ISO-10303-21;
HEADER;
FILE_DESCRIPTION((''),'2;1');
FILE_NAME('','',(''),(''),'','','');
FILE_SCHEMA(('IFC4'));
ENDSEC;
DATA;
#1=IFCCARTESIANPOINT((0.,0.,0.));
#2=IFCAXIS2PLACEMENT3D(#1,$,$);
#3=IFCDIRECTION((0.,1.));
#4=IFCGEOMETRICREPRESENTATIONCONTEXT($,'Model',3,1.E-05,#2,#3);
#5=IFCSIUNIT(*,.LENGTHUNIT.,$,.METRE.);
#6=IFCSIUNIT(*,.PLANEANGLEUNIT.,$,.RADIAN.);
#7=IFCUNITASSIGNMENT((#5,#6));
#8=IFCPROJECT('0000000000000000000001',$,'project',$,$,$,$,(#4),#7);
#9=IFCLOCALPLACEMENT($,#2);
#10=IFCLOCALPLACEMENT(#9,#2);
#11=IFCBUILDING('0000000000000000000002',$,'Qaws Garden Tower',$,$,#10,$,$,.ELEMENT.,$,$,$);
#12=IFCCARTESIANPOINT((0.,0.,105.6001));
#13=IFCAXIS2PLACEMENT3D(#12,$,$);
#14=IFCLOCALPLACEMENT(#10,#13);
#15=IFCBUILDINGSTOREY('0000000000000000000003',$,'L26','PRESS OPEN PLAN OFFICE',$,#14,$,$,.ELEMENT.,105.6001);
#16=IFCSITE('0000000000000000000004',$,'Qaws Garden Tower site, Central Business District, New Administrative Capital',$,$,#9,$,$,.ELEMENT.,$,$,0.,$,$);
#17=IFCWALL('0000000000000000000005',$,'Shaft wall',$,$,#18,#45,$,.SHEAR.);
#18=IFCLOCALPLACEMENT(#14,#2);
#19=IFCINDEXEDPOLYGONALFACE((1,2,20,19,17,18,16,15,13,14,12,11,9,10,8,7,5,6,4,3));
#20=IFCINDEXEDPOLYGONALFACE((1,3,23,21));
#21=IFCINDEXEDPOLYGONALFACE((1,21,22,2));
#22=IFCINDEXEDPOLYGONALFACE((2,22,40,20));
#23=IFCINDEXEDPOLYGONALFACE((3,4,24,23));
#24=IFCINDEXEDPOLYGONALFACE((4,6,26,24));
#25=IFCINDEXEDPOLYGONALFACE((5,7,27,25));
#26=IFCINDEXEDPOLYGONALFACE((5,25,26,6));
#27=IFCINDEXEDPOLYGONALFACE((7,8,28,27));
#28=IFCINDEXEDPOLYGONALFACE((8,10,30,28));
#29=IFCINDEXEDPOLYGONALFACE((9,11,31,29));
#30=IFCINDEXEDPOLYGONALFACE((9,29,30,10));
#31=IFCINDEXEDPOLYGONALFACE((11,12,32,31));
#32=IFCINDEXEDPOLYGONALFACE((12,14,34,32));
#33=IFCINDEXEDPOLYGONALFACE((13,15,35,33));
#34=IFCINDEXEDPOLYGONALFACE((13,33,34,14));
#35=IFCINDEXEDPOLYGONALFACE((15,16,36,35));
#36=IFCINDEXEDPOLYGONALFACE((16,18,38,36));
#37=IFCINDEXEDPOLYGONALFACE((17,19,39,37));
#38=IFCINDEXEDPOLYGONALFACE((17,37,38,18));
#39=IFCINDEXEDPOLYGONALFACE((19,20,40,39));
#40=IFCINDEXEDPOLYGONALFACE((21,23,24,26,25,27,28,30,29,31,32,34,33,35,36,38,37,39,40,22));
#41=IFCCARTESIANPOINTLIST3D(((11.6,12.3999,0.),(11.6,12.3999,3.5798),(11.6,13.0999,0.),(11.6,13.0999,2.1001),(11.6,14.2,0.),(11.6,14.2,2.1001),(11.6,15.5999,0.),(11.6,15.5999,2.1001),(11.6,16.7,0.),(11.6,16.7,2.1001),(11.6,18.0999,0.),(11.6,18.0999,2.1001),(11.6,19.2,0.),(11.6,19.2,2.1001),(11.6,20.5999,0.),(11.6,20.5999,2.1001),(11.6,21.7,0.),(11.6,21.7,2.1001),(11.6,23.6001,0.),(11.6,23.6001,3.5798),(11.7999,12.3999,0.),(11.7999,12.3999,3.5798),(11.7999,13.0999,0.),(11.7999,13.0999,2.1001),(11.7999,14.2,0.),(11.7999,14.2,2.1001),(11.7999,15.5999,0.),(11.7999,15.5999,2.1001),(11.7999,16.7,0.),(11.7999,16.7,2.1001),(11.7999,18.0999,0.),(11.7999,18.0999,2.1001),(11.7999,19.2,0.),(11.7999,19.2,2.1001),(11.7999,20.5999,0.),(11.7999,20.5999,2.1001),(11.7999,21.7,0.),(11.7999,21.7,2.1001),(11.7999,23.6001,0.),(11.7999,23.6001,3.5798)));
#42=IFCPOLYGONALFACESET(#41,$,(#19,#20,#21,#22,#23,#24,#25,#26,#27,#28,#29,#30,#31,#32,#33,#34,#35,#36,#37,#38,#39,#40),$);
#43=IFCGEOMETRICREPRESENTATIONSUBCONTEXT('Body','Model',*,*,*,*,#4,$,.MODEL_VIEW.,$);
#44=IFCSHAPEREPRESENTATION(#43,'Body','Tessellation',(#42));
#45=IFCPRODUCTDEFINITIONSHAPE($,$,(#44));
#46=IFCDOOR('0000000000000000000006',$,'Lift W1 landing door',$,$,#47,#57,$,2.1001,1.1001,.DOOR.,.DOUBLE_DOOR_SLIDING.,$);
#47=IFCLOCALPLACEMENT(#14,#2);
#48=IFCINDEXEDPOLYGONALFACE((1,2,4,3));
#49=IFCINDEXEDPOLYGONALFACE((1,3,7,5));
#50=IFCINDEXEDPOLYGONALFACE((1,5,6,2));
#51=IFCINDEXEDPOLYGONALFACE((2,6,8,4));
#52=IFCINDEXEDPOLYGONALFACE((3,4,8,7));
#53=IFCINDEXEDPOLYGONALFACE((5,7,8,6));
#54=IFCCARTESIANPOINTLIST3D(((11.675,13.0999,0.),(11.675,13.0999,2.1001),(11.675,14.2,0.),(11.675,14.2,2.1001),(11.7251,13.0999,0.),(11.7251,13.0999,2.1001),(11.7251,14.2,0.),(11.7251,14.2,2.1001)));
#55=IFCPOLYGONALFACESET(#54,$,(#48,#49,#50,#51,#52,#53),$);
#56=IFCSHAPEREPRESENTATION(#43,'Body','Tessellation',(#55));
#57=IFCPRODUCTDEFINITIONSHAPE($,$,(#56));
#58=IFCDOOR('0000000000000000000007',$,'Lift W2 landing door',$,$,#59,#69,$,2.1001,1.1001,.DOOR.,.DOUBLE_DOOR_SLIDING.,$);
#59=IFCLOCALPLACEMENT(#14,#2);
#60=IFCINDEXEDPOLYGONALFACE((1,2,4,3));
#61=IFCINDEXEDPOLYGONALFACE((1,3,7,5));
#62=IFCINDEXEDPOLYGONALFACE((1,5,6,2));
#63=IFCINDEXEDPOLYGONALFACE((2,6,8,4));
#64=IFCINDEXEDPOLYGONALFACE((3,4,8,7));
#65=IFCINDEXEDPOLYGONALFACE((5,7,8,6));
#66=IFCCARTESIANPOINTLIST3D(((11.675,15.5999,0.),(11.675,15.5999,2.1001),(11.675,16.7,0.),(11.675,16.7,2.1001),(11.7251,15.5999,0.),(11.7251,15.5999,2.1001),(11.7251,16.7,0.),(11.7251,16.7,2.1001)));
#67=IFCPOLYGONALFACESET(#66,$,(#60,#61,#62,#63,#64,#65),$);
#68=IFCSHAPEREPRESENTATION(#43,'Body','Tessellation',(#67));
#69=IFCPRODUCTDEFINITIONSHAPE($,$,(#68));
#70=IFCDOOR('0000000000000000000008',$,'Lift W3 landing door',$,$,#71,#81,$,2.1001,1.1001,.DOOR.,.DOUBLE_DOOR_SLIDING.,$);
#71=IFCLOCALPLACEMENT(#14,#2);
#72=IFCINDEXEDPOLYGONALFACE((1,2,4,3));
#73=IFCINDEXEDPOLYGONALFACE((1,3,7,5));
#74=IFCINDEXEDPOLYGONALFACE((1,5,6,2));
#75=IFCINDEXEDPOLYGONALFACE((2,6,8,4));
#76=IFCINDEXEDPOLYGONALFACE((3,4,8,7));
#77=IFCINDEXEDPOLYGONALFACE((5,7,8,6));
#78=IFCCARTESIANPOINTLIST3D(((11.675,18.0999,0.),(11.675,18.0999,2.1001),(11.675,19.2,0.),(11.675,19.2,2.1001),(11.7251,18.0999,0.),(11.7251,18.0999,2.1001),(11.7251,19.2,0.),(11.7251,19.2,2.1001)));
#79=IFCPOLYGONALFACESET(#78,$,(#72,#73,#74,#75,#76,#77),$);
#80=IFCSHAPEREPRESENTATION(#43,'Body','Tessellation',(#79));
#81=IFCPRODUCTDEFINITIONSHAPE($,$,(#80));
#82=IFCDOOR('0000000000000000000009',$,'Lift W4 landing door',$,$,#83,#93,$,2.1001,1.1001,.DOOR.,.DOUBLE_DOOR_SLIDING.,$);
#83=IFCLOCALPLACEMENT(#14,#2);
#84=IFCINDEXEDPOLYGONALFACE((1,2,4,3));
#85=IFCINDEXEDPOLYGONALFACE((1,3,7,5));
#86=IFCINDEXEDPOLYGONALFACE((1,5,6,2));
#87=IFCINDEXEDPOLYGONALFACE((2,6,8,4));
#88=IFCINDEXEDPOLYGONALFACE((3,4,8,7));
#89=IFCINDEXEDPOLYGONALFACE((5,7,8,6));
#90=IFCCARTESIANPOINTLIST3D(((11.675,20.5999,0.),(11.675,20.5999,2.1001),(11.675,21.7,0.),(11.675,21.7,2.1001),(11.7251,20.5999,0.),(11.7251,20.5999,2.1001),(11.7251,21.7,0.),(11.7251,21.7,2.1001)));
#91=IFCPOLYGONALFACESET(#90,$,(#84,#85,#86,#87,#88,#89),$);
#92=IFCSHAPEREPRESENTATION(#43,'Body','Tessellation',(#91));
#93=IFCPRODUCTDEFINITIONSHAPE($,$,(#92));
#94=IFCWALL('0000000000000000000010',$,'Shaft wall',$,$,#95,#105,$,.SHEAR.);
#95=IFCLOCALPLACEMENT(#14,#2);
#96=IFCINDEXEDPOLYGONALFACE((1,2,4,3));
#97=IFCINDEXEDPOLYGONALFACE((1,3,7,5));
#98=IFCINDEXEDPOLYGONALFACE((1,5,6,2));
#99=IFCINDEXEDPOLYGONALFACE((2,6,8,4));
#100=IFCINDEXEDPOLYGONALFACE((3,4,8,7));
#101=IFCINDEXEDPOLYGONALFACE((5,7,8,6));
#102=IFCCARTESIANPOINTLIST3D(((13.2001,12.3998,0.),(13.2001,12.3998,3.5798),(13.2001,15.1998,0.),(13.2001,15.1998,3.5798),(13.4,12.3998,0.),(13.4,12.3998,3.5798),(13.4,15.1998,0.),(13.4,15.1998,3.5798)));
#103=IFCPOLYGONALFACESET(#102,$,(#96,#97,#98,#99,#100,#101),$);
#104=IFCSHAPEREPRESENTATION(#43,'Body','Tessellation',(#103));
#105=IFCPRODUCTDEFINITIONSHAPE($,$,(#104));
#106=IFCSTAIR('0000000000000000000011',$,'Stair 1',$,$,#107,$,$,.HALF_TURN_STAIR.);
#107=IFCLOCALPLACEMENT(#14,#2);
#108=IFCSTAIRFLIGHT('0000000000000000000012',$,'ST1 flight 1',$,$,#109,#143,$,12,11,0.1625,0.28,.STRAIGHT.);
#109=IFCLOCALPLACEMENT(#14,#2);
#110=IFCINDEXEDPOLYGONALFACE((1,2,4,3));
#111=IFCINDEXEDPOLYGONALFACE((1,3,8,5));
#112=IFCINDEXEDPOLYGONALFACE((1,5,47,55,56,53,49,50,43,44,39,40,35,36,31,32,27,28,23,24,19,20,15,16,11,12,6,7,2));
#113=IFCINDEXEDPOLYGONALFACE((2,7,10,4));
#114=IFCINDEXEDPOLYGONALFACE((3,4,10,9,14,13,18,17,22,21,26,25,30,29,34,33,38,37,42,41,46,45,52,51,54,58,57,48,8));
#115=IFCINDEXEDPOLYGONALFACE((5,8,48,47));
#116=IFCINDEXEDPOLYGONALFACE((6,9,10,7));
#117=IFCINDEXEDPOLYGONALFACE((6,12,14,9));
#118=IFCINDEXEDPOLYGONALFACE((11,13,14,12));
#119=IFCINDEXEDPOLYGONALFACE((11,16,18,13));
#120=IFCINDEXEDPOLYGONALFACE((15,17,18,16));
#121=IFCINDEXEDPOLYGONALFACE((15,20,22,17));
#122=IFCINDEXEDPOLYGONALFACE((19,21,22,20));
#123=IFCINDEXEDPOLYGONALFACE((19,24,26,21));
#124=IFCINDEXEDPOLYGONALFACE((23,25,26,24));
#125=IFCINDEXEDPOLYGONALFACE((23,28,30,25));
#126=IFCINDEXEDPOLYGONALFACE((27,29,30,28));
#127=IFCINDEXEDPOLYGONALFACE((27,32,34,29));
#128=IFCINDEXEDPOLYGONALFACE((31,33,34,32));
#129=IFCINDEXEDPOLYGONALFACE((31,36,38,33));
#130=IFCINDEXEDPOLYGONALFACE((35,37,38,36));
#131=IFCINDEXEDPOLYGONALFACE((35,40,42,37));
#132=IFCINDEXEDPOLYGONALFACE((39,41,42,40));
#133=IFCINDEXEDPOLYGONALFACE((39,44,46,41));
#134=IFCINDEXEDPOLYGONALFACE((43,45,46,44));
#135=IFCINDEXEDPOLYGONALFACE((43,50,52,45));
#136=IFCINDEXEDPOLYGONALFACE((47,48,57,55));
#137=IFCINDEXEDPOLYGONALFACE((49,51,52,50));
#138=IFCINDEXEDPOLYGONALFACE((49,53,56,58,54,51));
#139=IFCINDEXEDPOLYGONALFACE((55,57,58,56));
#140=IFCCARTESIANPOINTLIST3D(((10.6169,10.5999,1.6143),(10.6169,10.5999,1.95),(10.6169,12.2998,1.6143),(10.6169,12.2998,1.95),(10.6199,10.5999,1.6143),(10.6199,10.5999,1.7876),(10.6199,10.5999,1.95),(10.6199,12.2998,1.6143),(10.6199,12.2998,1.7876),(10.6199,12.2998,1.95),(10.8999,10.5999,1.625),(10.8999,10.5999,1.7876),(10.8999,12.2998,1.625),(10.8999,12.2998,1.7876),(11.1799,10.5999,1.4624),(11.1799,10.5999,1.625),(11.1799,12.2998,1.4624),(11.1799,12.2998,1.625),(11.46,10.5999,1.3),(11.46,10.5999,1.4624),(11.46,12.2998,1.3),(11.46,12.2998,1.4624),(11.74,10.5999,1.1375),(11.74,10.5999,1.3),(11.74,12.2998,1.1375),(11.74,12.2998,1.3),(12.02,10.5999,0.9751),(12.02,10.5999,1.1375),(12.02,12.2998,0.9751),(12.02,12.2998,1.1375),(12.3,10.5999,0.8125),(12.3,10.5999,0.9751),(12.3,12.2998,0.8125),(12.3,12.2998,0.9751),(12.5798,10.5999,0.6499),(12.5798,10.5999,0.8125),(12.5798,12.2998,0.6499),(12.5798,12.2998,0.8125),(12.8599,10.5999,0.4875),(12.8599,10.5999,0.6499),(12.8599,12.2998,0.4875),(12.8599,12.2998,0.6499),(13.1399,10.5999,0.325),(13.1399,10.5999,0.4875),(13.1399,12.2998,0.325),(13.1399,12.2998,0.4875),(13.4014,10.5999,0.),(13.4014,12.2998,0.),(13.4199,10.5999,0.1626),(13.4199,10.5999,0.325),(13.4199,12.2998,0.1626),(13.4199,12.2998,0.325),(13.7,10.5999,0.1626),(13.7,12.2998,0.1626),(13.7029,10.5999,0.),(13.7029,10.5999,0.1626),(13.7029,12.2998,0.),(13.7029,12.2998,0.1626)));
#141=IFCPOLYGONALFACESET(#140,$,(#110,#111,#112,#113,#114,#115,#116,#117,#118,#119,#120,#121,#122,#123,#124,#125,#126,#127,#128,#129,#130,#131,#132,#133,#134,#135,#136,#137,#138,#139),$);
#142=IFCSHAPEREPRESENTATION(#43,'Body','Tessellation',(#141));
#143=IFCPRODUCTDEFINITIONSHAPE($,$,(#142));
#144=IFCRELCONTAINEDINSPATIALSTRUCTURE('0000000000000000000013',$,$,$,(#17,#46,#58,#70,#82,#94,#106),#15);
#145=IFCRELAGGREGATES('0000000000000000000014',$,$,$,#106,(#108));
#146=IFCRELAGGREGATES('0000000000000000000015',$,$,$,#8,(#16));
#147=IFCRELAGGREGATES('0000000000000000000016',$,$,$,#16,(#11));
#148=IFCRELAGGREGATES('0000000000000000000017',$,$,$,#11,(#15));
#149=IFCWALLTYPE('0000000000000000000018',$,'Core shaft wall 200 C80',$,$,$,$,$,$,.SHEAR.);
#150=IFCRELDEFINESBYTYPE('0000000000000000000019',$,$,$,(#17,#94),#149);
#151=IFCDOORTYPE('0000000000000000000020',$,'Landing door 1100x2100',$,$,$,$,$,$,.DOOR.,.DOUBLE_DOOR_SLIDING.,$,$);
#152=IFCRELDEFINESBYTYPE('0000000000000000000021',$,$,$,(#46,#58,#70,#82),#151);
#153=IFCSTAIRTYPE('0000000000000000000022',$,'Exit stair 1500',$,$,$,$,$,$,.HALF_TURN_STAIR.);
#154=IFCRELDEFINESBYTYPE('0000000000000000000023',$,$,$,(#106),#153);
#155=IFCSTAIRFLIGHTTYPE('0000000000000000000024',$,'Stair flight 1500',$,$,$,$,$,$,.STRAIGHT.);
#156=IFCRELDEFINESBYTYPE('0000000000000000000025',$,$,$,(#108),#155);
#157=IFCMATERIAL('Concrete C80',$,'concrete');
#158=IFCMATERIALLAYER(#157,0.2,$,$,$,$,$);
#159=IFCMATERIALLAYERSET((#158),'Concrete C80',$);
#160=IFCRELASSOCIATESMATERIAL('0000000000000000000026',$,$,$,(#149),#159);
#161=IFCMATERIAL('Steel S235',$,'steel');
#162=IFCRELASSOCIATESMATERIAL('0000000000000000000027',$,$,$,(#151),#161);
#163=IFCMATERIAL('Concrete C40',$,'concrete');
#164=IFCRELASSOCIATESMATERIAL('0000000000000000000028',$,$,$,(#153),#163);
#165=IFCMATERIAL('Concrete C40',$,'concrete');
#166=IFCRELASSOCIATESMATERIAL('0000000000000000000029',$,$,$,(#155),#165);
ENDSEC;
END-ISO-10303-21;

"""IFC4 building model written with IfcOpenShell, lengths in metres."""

from ifc_helpers import new_model, si_unit, direction, frame, frame_2d, origin, place, context, subcontext, project, spatial, polyline, rectangle, outline, extrude, material, layer, layer_set, type_object, element, fill, aggregate, save


model = new_model("IFC4")

# Units and contexts
model_context = context("Model", 3, precision=1e-05, world=origin(), true_north=direction((0.0, 1.0)))
body_context = subcontext(model_context, "Body", "Model", "MODEL_VIEW")
ifc_project = project(units=[si_unit("LENGTHUNIT", "METRE"), si_unit("PLANEANGLEUNIT", "RADIAN")], contexts=[model_context])

# Site, building, storey
site_placement = place(None, origin())
site = spatial("IfcSite", under=ifc_project, at=site_placement, Name="Qaws Garden Tower site, Central Business District, New Administrative Capital", CompositionType="ELEMENT", RefElevation=0.0)
building_placement = place(site_placement, origin())
building = spatial("IfcBuilding", under=site, at=building_placement, Name="Qaws Garden Tower", CompositionType="ELEMENT")
storey_placement = place(building_placement, frame((0.0, 0.0, 105.6001)))
storey = spatial("IfcBuildingStorey", under=building, at=storey_placement, Name="L26", Description="PRESS OPEN PLAN OFFICE", CompositionType="ELEMENT", Elevation=105.6001)

# Shared definitions
ifc_material_1 = material(Name="Concrete C80", Category="concrete")
ifc_layer_1 = layer(ifc_material_1, 0.2)
ifc_layer_set_1 = layer_set([ifc_layer_1], Name="Concrete C80")
wall_type_1 = type_object("IfcWallType", Name="Core shaft wall 200 C80", PredefinedType="SHEAR", material=ifc_layer_set_1)

# Shared definitions
ifc_material_2 = material(Name="Steel S235", Category="steel")
door_type_1 = type_object("IfcDoorType", Name="Landing door 1100x2100", OperationType="DOUBLE_DOOR_SLIDING", PredefinedType="DOOR", material=ifc_material_2)

# Wall, openings, doors
wall_1_placement = place(storey_placement, frame((11.7, 12.3999, 0.0), z_axis=(0.0, 0.0, 1.0), x_axis=(0.0, 1.0, 0.0)))
wall_1 = element("IfcWall", 1, at=wall_1_placement, inside=storey, type_object=wall_type_1, Name="Shaft wall", PredefinedType="SHEAR", context=body_context, shape_type="SweptSolid", body=[
    extrude(rectangle(XDim=11.2002, YDim=0.2, at=frame_2d((5.6001, 0.0))), origin(), (0.0, 0.0, 1.0), 3.5798),
])
opening_1_placement = place(wall_1_placement, frame((0.7, 0.0, 0.0)))
opening_1 = element("IfcOpeningElement", 2, at=opening_1_placement, cuts=wall_1, PredefinedType="OPENING", context=body_context, shape_type="SweptSolid", body=[
    extrude(rectangle(XDim=1.1001, YDim=2.1001, at=frame_2d((0.55, 1.05))), frame((0.0, 0.1099, 0.0), z_axis=(0.0, -1.0, 0.0), x_axis=(1.0, 0.0, 0.0)), (0.0, 0.0, 1.0), 0.22),
])
opening_2_placement = place(wall_1_placement, frame((3.2, 0.0, 0.0)))
opening_2 = element("IfcOpeningElement", 3, at=opening_2_placement, cuts=wall_1, PredefinedType="OPENING", context=body_context, shape_type="SweptSolid", body=[
    extrude(rectangle(XDim=1.1001, YDim=2.1001, at=frame_2d((0.55, 1.05))), frame((0.0, 0.1099, 0.0), z_axis=(0.0, -1.0, 0.0), x_axis=(1.0, 0.0, 0.0)), (0.0, 0.0, 1.0), 0.22),
])
opening_3_placement = place(wall_1_placement, frame((5.7, 0.0, 0.0)))
opening_3 = element("IfcOpeningElement", 4, at=opening_3_placement, cuts=wall_1, PredefinedType="OPENING", context=body_context, shape_type="SweptSolid", body=[
    extrude(rectangle(XDim=1.1001, YDim=2.1001, at=frame_2d((0.55, 1.05))), frame((0.0, 0.1099, 0.0), z_axis=(0.0, -1.0, 0.0), x_axis=(1.0, 0.0, 0.0)), (0.0, 0.0, 1.0), 0.22),
])
opening_4_placement = place(wall_1_placement, frame((8.2, 0.0, 0.0)))
opening_4 = element("IfcOpeningElement", 5, at=opening_4_placement, cuts=wall_1, PredefinedType="OPENING", context=body_context, shape_type="SweptSolid", body=[
    extrude(rectangle(XDim=1.1001, YDim=2.1001, at=frame_2d((0.55, 1.05))), frame((0.0, 0.1099, 0.0), z_axis=(0.0, -1.0, 0.0), x_axis=(1.0, 0.0, 0.0)), (0.0, 0.0, 1.0), 0.22),
])
door_1_placement = place(opening_1_placement, origin())
door_1 = element("IfcDoor", 6, at=door_1_placement, inside=storey, type_object=door_type_1, Name="Lift W1 landing door", OperationType="DOUBLE_DOOR_SLIDING", OverallHeight=2.1001, OverallWidth=1.1001, PredefinedType="DOOR", context=body_context, shape_type="SweptSolid", body=[
    extrude(rectangle(XDim=1.1001, YDim=2.1001, at=frame_2d((0.55, 1.05))), frame((0.0, 0.0249, 0.0), z_axis=(0.0, -1.0, 0.0), x_axis=(1.0, 0.0, 0.0)), (0.0, 0.0, 1.0), 0.05),
])
fill(opening_1, door_1)
door_2_placement = place(opening_2_placement, origin())
door_2 = element("IfcDoor", 7, at=door_2_placement, inside=storey, type_object=door_type_1, Name="Lift W2 landing door", OperationType="DOUBLE_DOOR_SLIDING", OverallHeight=2.1001, OverallWidth=1.1001, PredefinedType="DOOR", context=body_context, shape_type="SweptSolid", body=[
    extrude(rectangle(XDim=1.1001, YDim=2.1001, at=frame_2d((0.55, 1.05))), frame((0.0, 0.0249, 0.0), z_axis=(0.0, -1.0, 0.0), x_axis=(1.0, 0.0, 0.0)), (0.0, 0.0, 1.0), 0.05),
])
fill(opening_2, door_2)
door_3_placement = place(opening_3_placement, origin())
door_3 = element("IfcDoor", 8, at=door_3_placement, inside=storey, type_object=door_type_1, Name="Lift W3 landing door", OperationType="DOUBLE_DOOR_SLIDING", OverallHeight=2.1001, OverallWidth=1.1001, PredefinedType="DOOR", context=body_context, shape_type="SweptSolid", body=[
    extrude(rectangle(XDim=1.1001, YDim=2.1001, at=frame_2d((0.55, 1.05))), frame((0.0, 0.0249, 0.0), z_axis=(0.0, -1.0, 0.0), x_axis=(1.0, 0.0, 0.0)), (0.0, 0.0, 1.0), 0.05),
])
fill(opening_3, door_3)
door_4_placement = place(opening_4_placement, origin())
door_4 = element("IfcDoor", 9, at=door_4_placement, inside=storey, type_object=door_type_1, Name="Lift W4 landing door", OperationType="DOUBLE_DOOR_SLIDING", OverallHeight=2.1001, OverallWidth=1.1001, PredefinedType="DOOR", context=body_context, shape_type="SweptSolid", body=[
    extrude(rectangle(XDim=1.1001, YDim=2.1001, at=frame_2d((0.55, 1.05))), frame((0.0, 0.0249, 0.0), z_axis=(0.0, -1.0, 0.0), x_axis=(1.0, 0.0, 0.0)), (0.0, 0.0, 1.0), 0.05),
])
fill(opening_4, door_4)

# Wall
wall_2_placement = place(storey_placement, frame((13.3, 12.3999, 0.0), z_axis=(0.0, 0.0, 1.0), x_axis=(0.0, 1.0, 0.0)))
element("IfcWall", 10, at=wall_2_placement, inside=storey, type_object=wall_type_1, Name="Shaft wall", PredefinedType="SHEAR", context=body_context, shape_type="SweptSolid", body=[
    extrude(rectangle(XDim=2.8, YDim=0.2, at=frame_2d((1.3999, 0.0))), origin(), (0.0, 0.0, 1.0), 3.5798),
])

# Stair, stair flight
ifc_material_3 = material(Name="Concrete C40", Category="concrete")
stair_type = type_object("IfcStairType", Name="Exit stair 1500", PredefinedType="HALF_TURN_STAIR", material=ifc_material_3)
stair_placement = place(storey_placement, origin())
stair = element("IfcStair", 11, at=stair_placement, inside=storey, type_object=stair_type, Name="Stair 1", PredefinedType="HALF_TURN_STAIR")
ifc_material_4 = material(Name="Concrete C40", Category="concrete")
stair_flight_type = type_object("IfcStairFlightType", Name="Stair flight 1500", PredefinedType="STRAIGHT", material=ifc_material_4)
stair_flight_placement = place(storey_placement, frame((13.7, 11.45, 0.0), z_axis=(0.0, 0.0, 1.0), x_axis=(-1.0, 0.0, 0.0)))
stair_flight = element("IfcStairFlight", 12, at=stair_flight_placement, type_object=stair_flight_type, Name="ST1 flight 1", NumberOfRisers=12, NumberOfTreads=11, PredefinedType="STRAIGHT", RiserHeight=0.1625, TreadLength=0.28, context=body_context, shape_type="SweptSolid", body=[
    extrude(outline(polyline([(-0.0029, 0.0), (-0.0029, 0.1626), (0.0, 0.1626), (0.28, 0.1626), (0.28, 0.325), (0.5601, 0.325), (0.5601, 0.4875), (0.8401, 0.4875), (0.8401, 0.6499), (1.1201, 0.6499), (1.1201, 0.8125), (1.3999, 0.8125), (1.3999, 0.9751), (1.6799, 0.9751), (1.6799, 1.1375), (1.96, 1.1375), (1.96, 1.3), (2.24, 1.3), (2.24, 1.4624), (2.52, 1.4624), (2.52, 1.625), (2.8, 1.625), (2.8, 1.7876), (3.0801, 1.7876), (3.0801, 1.95), (3.083, 1.95), (3.083, 1.6143), (3.0801, 1.6143), (0.2986, 0.0), (-0.0029, 0.0)])), frame((0.0, 0.8501, 0.0), z_axis=(0.0, -1.0, 0.0), x_axis=(1.0, 0.0, 0.0)), (0.0, 0.0, 1.0), 1.7),
])
aggregate(stair, [stair_flight])

save(model, "model.ifc")
